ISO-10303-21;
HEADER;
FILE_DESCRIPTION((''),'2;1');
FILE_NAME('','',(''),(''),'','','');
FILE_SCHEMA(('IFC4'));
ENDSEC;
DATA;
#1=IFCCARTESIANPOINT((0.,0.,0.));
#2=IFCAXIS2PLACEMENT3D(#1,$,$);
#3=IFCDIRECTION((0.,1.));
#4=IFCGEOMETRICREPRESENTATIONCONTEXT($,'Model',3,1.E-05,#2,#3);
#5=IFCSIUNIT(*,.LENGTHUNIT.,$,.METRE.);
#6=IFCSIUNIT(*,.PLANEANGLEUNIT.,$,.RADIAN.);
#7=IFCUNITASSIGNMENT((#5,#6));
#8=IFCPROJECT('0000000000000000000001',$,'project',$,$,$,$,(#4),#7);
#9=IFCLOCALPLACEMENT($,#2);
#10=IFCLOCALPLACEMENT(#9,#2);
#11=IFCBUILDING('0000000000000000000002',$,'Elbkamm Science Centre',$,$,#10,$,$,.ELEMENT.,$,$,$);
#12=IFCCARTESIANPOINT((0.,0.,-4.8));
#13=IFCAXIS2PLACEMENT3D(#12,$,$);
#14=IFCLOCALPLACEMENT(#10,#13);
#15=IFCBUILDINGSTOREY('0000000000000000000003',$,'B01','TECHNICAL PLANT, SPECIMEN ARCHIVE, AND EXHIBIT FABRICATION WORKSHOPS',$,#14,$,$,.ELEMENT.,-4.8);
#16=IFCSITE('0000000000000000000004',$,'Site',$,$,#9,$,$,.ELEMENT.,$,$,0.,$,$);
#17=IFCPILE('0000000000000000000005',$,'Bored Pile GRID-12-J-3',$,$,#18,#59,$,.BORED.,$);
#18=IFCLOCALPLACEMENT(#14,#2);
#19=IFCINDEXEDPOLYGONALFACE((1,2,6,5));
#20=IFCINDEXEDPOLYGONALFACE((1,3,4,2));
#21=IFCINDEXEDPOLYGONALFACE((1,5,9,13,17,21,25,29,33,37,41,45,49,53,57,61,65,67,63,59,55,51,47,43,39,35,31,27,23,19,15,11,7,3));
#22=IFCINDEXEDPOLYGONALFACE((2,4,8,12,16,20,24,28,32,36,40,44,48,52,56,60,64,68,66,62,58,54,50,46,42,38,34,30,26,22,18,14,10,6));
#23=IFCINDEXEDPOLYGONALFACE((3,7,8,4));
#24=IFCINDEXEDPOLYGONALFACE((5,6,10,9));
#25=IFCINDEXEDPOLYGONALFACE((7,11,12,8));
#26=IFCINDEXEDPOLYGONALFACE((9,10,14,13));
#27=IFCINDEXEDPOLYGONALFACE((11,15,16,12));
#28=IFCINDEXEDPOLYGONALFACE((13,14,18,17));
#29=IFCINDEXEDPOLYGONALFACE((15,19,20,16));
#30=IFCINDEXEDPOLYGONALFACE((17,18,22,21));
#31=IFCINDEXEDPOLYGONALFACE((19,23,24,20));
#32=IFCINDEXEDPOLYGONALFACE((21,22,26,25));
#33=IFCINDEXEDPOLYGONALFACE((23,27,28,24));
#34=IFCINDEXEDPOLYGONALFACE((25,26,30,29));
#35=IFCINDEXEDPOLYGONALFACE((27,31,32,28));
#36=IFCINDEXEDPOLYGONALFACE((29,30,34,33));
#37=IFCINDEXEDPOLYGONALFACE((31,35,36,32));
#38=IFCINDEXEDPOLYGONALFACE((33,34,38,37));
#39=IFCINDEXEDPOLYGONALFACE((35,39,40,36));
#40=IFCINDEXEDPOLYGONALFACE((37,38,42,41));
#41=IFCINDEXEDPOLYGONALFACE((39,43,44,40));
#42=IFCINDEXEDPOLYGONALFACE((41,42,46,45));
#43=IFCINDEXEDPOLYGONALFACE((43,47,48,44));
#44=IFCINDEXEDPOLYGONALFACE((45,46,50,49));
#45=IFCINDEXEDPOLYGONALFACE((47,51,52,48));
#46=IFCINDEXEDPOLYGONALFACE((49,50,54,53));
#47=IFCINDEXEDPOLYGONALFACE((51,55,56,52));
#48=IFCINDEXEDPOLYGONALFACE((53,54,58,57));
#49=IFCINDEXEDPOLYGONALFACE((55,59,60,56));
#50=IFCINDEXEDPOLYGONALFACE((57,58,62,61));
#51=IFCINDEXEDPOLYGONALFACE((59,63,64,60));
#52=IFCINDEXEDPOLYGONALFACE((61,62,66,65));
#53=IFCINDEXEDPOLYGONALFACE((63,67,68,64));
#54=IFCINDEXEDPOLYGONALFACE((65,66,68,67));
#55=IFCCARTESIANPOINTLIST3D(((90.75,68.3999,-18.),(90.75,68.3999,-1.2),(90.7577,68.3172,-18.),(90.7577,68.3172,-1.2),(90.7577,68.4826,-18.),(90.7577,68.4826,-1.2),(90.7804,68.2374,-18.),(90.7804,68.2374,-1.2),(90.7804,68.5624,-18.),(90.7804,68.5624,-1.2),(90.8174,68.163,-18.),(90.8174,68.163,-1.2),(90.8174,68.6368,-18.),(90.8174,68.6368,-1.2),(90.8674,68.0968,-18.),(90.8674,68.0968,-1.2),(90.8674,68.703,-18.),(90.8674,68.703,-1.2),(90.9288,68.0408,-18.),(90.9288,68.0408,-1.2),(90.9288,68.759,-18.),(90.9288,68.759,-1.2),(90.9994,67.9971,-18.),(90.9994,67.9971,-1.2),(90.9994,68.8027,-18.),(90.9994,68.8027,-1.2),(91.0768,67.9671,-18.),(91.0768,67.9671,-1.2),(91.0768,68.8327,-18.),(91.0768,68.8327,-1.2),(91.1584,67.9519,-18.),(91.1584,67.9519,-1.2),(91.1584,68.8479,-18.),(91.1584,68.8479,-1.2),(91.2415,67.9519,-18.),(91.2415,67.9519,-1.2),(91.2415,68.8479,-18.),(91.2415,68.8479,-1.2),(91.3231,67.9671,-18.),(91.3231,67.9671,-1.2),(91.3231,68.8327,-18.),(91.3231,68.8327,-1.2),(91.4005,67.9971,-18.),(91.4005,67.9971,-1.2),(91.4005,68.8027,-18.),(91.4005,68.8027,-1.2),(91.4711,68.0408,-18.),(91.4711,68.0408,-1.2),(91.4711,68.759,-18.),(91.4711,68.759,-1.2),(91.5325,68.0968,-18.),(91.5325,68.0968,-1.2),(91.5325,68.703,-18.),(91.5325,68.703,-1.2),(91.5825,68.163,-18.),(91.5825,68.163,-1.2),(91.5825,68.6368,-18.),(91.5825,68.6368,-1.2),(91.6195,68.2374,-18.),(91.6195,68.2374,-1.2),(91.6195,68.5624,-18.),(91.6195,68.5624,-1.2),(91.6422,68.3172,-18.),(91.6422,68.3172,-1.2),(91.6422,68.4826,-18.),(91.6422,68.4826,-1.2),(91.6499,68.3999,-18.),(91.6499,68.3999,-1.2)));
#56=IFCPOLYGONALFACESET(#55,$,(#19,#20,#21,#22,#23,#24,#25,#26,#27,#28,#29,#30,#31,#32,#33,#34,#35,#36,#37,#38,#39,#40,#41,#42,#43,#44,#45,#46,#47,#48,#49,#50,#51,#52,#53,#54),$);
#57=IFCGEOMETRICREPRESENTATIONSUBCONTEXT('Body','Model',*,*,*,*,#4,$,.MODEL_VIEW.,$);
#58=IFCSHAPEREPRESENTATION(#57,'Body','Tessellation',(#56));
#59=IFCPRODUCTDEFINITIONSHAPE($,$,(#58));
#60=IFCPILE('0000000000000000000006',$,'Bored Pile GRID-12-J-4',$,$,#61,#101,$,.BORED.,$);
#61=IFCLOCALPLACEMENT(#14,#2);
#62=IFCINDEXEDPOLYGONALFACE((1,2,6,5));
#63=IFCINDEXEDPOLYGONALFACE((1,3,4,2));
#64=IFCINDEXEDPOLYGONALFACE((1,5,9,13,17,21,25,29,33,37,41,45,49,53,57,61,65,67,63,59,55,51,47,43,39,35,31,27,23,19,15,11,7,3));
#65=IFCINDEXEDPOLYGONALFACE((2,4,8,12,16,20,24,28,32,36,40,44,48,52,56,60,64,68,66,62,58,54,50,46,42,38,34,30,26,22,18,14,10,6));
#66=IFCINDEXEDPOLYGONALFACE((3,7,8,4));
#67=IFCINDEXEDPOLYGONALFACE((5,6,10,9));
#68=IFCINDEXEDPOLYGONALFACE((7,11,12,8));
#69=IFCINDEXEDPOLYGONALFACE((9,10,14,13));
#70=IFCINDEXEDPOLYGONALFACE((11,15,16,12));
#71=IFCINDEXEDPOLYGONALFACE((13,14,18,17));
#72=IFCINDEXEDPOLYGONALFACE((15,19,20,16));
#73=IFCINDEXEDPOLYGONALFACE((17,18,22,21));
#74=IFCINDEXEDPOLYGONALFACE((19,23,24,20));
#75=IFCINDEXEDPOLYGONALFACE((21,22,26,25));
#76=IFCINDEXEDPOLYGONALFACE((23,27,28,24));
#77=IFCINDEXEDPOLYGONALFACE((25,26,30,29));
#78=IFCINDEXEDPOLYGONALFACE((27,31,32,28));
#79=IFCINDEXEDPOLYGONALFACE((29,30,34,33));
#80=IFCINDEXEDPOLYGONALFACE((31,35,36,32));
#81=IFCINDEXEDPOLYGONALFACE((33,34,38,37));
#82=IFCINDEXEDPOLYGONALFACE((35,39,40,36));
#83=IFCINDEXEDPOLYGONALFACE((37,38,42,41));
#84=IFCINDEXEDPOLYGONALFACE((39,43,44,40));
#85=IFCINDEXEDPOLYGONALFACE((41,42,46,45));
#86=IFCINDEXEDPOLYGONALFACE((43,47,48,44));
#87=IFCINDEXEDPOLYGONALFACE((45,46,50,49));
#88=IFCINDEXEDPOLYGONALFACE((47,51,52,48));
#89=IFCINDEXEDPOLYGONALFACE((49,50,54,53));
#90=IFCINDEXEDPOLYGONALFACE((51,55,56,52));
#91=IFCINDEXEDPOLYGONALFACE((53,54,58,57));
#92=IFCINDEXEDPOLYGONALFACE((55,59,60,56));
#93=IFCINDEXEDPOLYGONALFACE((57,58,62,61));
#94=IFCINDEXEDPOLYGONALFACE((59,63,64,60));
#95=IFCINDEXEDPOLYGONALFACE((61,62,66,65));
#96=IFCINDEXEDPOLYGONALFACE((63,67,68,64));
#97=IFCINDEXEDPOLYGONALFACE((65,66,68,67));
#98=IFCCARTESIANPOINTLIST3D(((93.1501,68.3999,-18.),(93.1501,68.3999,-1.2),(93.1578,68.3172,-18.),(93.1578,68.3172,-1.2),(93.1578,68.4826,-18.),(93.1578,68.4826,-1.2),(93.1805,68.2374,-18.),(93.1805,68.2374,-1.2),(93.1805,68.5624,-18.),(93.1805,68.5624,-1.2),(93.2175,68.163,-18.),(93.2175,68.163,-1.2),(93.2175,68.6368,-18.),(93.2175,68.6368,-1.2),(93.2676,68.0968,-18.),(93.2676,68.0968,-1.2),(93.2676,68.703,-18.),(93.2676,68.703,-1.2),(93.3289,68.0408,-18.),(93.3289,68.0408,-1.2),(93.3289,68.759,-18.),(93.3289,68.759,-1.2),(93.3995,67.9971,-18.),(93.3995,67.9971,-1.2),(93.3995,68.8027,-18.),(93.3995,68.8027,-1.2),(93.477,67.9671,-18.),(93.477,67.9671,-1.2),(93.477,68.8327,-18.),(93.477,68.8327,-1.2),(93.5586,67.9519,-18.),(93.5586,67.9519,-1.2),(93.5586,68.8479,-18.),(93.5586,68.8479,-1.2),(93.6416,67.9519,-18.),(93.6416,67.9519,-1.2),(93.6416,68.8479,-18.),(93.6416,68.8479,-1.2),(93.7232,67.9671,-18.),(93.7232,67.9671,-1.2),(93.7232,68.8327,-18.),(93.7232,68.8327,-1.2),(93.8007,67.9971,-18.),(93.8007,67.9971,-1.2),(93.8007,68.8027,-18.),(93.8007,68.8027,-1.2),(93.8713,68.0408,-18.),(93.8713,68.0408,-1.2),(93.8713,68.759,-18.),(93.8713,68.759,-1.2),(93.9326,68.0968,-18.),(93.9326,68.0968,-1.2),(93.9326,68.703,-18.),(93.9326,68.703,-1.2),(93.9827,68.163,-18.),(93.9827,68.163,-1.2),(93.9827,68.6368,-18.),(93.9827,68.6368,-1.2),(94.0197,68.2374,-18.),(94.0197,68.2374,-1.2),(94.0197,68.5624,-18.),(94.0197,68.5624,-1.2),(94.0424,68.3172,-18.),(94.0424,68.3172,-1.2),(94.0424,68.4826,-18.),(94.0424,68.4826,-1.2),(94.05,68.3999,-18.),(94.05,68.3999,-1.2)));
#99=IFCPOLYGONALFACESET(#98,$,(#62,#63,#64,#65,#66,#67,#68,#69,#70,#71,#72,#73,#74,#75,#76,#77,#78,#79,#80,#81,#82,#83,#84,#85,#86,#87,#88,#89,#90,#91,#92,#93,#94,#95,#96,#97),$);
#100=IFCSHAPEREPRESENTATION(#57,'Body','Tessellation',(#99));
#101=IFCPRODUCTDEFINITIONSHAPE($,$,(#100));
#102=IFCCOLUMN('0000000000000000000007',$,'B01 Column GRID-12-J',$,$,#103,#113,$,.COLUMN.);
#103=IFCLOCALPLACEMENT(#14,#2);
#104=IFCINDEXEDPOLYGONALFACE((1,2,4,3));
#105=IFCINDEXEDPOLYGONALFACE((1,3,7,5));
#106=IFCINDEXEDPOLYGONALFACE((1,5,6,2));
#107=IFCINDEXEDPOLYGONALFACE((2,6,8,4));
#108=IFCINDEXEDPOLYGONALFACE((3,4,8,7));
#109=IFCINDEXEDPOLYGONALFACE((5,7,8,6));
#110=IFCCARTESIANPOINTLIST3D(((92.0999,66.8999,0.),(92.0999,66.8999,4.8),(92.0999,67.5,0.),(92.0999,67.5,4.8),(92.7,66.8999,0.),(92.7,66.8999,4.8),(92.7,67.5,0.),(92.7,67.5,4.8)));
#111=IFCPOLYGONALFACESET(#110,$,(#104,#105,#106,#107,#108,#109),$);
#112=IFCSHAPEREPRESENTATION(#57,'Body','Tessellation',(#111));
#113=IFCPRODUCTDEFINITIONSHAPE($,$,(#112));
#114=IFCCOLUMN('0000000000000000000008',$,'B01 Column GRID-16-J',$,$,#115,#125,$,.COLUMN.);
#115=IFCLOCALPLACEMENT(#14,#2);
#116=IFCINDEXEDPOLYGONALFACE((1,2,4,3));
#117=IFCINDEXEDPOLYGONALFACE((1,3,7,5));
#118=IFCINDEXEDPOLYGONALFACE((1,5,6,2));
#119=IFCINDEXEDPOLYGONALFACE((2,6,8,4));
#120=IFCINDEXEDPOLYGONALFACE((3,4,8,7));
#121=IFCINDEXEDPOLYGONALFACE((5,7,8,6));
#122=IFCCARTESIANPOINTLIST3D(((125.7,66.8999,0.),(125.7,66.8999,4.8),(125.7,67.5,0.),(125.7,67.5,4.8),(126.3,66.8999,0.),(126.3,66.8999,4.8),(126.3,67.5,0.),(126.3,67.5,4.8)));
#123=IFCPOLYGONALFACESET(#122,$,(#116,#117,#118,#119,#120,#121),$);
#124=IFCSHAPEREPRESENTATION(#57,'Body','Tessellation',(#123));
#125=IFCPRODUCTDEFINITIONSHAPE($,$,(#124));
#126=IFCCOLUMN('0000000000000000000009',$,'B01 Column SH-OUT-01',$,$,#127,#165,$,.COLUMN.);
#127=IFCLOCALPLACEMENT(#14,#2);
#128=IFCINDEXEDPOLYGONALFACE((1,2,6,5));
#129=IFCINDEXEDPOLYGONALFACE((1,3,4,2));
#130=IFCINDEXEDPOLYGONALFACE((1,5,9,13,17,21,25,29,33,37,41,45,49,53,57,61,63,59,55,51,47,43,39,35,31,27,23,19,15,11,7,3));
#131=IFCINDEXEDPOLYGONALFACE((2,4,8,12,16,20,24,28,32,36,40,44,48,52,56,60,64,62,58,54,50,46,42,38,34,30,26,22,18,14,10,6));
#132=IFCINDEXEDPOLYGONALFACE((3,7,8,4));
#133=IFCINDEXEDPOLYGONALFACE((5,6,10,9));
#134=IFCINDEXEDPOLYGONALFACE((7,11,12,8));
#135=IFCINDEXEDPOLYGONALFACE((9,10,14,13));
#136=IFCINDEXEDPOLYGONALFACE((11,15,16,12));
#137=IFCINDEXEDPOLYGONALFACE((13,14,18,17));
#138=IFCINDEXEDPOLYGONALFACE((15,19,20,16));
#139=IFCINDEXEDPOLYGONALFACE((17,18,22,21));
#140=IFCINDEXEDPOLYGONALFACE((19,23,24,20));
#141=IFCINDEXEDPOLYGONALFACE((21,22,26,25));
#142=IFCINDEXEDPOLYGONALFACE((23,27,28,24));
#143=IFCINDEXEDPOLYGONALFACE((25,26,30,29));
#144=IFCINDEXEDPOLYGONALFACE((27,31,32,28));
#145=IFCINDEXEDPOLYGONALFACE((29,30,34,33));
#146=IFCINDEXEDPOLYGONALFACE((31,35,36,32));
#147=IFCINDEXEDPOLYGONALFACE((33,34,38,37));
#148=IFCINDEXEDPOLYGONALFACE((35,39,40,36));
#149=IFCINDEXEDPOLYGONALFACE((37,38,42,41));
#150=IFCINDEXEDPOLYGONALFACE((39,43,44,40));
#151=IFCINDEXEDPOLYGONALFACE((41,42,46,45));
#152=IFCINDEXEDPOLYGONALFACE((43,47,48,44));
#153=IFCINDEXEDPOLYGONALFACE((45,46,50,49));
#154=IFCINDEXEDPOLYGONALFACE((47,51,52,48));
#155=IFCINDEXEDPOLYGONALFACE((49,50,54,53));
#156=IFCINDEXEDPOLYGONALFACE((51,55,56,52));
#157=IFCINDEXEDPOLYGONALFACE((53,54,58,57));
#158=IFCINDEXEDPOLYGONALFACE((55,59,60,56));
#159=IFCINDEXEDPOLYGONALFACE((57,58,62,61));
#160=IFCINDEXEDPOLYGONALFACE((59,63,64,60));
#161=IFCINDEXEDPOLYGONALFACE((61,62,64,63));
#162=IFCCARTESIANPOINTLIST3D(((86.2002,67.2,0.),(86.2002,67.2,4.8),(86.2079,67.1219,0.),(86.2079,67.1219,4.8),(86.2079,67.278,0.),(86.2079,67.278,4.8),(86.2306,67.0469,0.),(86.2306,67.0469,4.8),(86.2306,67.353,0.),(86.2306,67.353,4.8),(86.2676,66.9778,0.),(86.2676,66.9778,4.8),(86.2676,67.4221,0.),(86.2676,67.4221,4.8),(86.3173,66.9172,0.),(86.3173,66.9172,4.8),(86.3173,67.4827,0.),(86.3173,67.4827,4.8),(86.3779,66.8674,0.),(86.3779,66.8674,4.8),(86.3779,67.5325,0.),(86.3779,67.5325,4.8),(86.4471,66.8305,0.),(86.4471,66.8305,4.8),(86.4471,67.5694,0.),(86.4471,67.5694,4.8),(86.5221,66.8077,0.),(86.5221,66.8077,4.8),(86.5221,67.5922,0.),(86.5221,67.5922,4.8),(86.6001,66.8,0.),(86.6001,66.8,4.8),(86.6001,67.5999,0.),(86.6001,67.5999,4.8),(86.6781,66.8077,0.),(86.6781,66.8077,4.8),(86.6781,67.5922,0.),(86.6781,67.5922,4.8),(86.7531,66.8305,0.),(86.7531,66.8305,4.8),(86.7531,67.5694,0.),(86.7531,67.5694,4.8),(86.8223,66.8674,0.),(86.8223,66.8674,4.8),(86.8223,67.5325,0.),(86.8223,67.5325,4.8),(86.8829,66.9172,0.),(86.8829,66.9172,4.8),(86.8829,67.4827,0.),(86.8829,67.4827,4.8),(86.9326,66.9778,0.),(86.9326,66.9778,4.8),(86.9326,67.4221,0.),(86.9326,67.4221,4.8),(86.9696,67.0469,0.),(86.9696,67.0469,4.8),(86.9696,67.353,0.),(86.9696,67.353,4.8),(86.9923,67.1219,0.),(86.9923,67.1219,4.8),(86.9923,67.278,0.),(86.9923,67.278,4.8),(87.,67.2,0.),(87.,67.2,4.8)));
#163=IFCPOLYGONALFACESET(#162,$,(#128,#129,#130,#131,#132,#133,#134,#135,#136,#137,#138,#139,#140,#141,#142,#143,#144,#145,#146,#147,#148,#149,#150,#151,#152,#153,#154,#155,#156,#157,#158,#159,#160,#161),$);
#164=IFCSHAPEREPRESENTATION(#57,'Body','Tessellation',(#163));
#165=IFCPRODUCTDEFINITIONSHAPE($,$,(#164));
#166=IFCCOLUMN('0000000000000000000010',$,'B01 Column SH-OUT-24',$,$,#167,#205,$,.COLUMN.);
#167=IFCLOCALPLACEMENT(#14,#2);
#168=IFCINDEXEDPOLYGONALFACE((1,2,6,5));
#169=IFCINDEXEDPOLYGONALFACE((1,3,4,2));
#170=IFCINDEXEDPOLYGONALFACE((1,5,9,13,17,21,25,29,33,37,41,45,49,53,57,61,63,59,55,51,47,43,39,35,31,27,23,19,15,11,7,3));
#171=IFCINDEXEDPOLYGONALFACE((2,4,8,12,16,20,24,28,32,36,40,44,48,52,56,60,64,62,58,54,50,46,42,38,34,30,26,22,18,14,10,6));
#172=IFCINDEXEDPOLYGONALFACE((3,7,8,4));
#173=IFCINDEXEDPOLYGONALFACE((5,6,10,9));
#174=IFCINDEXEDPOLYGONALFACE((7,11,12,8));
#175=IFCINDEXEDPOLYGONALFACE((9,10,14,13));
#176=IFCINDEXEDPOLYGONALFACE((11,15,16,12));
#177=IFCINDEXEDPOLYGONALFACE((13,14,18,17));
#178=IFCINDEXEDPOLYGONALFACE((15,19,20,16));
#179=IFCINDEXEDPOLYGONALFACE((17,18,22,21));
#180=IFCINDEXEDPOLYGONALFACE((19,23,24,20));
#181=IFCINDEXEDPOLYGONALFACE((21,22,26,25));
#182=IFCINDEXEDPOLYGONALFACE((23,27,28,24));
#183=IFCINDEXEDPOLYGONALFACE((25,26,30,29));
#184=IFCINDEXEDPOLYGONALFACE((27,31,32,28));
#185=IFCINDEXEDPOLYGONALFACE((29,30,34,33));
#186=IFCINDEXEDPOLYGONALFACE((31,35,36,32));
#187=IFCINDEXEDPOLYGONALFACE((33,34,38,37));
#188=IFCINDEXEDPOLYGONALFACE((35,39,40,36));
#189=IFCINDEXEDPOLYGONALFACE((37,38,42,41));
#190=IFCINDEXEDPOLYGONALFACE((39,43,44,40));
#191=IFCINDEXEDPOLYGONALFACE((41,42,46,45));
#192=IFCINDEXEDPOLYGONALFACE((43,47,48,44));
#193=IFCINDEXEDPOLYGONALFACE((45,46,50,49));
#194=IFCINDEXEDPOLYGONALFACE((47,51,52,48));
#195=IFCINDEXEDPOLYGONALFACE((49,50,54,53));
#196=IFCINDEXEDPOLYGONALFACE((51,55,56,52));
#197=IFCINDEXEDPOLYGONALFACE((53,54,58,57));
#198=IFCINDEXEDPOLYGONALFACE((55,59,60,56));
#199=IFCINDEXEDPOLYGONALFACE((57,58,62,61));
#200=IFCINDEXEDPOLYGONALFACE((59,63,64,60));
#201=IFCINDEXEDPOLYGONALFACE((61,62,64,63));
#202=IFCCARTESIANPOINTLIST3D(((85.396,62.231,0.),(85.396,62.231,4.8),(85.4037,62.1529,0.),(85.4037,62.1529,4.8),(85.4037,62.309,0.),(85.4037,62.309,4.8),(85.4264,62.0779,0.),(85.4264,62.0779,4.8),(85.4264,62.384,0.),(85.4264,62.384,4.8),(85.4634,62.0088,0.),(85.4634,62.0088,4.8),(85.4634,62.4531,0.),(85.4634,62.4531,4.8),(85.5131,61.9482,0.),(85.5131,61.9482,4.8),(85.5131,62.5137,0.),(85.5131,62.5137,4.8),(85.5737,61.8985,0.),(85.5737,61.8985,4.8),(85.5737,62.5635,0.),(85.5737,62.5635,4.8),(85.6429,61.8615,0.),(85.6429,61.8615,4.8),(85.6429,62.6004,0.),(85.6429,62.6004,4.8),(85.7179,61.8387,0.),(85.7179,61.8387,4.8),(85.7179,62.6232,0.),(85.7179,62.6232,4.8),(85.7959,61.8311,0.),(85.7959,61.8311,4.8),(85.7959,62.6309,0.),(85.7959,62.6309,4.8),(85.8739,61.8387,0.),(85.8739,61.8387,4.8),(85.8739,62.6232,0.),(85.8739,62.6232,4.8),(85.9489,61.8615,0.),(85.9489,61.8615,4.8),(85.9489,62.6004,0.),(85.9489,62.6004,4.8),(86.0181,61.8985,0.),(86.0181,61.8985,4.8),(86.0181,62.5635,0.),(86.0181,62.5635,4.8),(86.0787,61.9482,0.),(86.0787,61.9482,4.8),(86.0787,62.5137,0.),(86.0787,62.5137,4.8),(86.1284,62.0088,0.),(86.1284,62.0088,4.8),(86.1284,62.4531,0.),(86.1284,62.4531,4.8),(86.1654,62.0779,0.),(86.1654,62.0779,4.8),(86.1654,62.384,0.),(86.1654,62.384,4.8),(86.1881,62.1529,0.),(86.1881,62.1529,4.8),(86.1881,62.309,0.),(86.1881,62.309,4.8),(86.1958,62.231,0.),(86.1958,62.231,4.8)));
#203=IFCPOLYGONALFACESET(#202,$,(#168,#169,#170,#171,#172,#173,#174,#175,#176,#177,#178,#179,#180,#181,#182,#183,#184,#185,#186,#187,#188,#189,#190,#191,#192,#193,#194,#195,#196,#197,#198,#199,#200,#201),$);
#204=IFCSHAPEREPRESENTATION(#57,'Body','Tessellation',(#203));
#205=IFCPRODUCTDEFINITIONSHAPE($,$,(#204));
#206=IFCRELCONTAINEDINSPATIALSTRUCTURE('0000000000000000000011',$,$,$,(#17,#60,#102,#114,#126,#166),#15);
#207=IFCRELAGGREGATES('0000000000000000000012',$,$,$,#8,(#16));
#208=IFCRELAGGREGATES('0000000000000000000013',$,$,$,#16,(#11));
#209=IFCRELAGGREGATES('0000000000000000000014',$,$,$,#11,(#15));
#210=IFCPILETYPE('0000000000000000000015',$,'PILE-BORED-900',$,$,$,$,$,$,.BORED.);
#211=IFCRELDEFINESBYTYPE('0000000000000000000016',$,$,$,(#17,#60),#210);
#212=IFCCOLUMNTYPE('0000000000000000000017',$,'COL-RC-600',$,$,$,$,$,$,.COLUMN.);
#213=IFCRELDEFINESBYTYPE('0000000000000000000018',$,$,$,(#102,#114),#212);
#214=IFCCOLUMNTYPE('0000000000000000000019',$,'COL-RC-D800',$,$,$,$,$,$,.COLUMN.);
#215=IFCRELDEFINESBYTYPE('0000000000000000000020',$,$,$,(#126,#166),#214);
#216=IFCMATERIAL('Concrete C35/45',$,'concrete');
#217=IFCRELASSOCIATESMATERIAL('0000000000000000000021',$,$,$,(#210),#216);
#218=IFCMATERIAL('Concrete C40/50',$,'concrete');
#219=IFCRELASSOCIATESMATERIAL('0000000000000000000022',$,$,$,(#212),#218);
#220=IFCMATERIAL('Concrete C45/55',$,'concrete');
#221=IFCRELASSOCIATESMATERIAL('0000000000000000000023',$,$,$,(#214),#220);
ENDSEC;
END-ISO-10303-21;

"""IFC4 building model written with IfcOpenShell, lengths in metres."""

from ifc_helpers import new_model, si_unit, direction, frame, origin, origin_2d, place, context, subcontext, project, spatial, rectangle, circle, extrude, material, material_profile, profile_set, type_object, element, save


model = new_model("IFC4")

# Units and contexts
model_context = context("Model", 3, precision=1e-05, world=origin(), true_north=direction((0.0, 1.0)))
body_context = subcontext(model_context, "Body", "Model", "MODEL_VIEW")
ifc_project = project(units=[si_unit("LENGTHUNIT", "METRE"), si_unit("PLANEANGLEUNIT", "RADIAN")], contexts=[model_context])

# Site, building, storey
site_placement = place(None, origin())
site = spatial("IfcSite", under=ifc_project, at=site_placement, Name="Site", CompositionType="ELEMENT", RefElevation=0.0)
building_placement = place(site_placement, origin())
building = spatial("IfcBuilding", under=site, at=building_placement, Name="Elbkamm Science Centre", CompositionType="ELEMENT")
storey_placement = place(building_placement, frame((0.0, 0.0, -4.8)))
storey = spatial("IfcBuildingStorey", under=building, at=storey_placement, Name="B01", Description="TECHNICAL PLANT, SPECIMEN ARCHIVE, AND EXHIBIT FABRICATION WORKSHOPS", CompositionType="ELEMENT", Elevation=-4.8)

# Shared definitions
ifc_material_1 = material(Name="Concrete C35/45", Category="concrete")

# Piles
ifc_material_profile_1 = material_profile(ifc_material_1, circle(Radius=0.45, at=origin_2d()), Name="PILE D900")
ifc_profile_set_1 = profile_set([ifc_material_profile_1], Name="Concrete C35/45")
pile_type_1 = type_object("IfcPileType", Name="PILE-BORED-900", PredefinedType="BORED", material=ifc_profile_set_1)
for number, where, z_axis, x_axis, name in (
    (1, (91.2, 68.3999, -1.2), (0.0, 0.0, -1.0), (1.0, 0.0, 0.0), "Bored Pile GRID-12-J-3"),
    (2, (93.6001, 68.3999, -1.2), (0.0, 0.0, -1.0), (1.0, 0.0, 0.0), "Bored Pile GRID-12-J-4"),
):
    element("IfcPile", number, at=place(storey_placement, frame(where, z_axis=z_axis, x_axis=x_axis)), inside=storey, type_object=pile_type_1, Name=name, PredefinedType="BORED", context=body_context, shape_type="SweptSolid", body=[
        extrude(circle(Radius=0.45, at=origin_2d()), origin(), (0.0, 0.0, 1.0), 16.8),
    ])

# Columns
ifc_material_2 = material(Name="Concrete C40/50", Category="concrete")
ifc_material_profile_2 = material_profile(ifc_material_2, rectangle(XDim=0.6001, YDim=0.6001, at=origin_2d()), Name="RC 600x600")
ifc_profile_set_2 = profile_set([ifc_material_profile_2], Name="Concrete C40/50")
column_type_1 = type_object("IfcColumnType", Name="COL-RC-600", PredefinedType="COLUMN", material=ifc_profile_set_2)
for number, where, z_axis, x_axis, name in (
    (3, (92.3999, 67.2, 0.0), (0.0, 0.0, 1.0), (1.0, 0.0, 0.0), "B01 Column GRID-12-J"),
    (4, (126.0, 67.2, 0.0), (0.0, 0.0, 1.0), (1.0, 0.0, 0.0), "B01 Column GRID-16-J"),
):
    element("IfcColumn", number, at=place(storey_placement, frame(where, z_axis=z_axis, x_axis=x_axis)), inside=storey, type_object=column_type_1, Name=name, PredefinedType="COLUMN", context=body_context, shape_type="SweptSolid", body=[
        extrude(rectangle(XDim=0.6001, YDim=0.6001, at=origin_2d()), origin(), (0.0, 0.0, 1.0), 4.8),
    ])
ifc_material_3 = material(Name="Concrete C45/55", Category="concrete")
ifc_material_profile_3 = material_profile(ifc_material_3, circle(Radius=0.3999, at=origin_2d()), Name="RC D800")
ifc_profile_set_3 = profile_set([ifc_material_profile_3], Name="Concrete C45/55")
column_type_2 = type_object("IfcColumnType", Name="COL-RC-D800", PredefinedType="COLUMN", material=ifc_profile_set_3)
for number, where, z_axis, x_axis, name in (
    (5, (86.6001, 67.2, 0.0), (0.0, 0.0, 1.0), (1.0, 0.0, 0.0), "B01 Column SH-OUT-01"),
    (6, (85.7959, 62.231, 0.0), (0.0, 0.0, 1.0), (1.0, 0.0, 0.0), "B01 Column SH-OUT-24"),
):
    element("IfcColumn", number, at=place(storey_placement, frame(where, z_axis=z_axis, x_axis=x_axis)), inside=storey, type_object=column_type_2, Name=name, PredefinedType="COLUMN", context=body_context, shape_type="SweptSolid", body=[
        extrude(circle(Radius=0.3999, at=origin_2d()), origin(), (0.0, 0.0, 1.0), 4.8),
    ])

save(model, "model.ifc")
